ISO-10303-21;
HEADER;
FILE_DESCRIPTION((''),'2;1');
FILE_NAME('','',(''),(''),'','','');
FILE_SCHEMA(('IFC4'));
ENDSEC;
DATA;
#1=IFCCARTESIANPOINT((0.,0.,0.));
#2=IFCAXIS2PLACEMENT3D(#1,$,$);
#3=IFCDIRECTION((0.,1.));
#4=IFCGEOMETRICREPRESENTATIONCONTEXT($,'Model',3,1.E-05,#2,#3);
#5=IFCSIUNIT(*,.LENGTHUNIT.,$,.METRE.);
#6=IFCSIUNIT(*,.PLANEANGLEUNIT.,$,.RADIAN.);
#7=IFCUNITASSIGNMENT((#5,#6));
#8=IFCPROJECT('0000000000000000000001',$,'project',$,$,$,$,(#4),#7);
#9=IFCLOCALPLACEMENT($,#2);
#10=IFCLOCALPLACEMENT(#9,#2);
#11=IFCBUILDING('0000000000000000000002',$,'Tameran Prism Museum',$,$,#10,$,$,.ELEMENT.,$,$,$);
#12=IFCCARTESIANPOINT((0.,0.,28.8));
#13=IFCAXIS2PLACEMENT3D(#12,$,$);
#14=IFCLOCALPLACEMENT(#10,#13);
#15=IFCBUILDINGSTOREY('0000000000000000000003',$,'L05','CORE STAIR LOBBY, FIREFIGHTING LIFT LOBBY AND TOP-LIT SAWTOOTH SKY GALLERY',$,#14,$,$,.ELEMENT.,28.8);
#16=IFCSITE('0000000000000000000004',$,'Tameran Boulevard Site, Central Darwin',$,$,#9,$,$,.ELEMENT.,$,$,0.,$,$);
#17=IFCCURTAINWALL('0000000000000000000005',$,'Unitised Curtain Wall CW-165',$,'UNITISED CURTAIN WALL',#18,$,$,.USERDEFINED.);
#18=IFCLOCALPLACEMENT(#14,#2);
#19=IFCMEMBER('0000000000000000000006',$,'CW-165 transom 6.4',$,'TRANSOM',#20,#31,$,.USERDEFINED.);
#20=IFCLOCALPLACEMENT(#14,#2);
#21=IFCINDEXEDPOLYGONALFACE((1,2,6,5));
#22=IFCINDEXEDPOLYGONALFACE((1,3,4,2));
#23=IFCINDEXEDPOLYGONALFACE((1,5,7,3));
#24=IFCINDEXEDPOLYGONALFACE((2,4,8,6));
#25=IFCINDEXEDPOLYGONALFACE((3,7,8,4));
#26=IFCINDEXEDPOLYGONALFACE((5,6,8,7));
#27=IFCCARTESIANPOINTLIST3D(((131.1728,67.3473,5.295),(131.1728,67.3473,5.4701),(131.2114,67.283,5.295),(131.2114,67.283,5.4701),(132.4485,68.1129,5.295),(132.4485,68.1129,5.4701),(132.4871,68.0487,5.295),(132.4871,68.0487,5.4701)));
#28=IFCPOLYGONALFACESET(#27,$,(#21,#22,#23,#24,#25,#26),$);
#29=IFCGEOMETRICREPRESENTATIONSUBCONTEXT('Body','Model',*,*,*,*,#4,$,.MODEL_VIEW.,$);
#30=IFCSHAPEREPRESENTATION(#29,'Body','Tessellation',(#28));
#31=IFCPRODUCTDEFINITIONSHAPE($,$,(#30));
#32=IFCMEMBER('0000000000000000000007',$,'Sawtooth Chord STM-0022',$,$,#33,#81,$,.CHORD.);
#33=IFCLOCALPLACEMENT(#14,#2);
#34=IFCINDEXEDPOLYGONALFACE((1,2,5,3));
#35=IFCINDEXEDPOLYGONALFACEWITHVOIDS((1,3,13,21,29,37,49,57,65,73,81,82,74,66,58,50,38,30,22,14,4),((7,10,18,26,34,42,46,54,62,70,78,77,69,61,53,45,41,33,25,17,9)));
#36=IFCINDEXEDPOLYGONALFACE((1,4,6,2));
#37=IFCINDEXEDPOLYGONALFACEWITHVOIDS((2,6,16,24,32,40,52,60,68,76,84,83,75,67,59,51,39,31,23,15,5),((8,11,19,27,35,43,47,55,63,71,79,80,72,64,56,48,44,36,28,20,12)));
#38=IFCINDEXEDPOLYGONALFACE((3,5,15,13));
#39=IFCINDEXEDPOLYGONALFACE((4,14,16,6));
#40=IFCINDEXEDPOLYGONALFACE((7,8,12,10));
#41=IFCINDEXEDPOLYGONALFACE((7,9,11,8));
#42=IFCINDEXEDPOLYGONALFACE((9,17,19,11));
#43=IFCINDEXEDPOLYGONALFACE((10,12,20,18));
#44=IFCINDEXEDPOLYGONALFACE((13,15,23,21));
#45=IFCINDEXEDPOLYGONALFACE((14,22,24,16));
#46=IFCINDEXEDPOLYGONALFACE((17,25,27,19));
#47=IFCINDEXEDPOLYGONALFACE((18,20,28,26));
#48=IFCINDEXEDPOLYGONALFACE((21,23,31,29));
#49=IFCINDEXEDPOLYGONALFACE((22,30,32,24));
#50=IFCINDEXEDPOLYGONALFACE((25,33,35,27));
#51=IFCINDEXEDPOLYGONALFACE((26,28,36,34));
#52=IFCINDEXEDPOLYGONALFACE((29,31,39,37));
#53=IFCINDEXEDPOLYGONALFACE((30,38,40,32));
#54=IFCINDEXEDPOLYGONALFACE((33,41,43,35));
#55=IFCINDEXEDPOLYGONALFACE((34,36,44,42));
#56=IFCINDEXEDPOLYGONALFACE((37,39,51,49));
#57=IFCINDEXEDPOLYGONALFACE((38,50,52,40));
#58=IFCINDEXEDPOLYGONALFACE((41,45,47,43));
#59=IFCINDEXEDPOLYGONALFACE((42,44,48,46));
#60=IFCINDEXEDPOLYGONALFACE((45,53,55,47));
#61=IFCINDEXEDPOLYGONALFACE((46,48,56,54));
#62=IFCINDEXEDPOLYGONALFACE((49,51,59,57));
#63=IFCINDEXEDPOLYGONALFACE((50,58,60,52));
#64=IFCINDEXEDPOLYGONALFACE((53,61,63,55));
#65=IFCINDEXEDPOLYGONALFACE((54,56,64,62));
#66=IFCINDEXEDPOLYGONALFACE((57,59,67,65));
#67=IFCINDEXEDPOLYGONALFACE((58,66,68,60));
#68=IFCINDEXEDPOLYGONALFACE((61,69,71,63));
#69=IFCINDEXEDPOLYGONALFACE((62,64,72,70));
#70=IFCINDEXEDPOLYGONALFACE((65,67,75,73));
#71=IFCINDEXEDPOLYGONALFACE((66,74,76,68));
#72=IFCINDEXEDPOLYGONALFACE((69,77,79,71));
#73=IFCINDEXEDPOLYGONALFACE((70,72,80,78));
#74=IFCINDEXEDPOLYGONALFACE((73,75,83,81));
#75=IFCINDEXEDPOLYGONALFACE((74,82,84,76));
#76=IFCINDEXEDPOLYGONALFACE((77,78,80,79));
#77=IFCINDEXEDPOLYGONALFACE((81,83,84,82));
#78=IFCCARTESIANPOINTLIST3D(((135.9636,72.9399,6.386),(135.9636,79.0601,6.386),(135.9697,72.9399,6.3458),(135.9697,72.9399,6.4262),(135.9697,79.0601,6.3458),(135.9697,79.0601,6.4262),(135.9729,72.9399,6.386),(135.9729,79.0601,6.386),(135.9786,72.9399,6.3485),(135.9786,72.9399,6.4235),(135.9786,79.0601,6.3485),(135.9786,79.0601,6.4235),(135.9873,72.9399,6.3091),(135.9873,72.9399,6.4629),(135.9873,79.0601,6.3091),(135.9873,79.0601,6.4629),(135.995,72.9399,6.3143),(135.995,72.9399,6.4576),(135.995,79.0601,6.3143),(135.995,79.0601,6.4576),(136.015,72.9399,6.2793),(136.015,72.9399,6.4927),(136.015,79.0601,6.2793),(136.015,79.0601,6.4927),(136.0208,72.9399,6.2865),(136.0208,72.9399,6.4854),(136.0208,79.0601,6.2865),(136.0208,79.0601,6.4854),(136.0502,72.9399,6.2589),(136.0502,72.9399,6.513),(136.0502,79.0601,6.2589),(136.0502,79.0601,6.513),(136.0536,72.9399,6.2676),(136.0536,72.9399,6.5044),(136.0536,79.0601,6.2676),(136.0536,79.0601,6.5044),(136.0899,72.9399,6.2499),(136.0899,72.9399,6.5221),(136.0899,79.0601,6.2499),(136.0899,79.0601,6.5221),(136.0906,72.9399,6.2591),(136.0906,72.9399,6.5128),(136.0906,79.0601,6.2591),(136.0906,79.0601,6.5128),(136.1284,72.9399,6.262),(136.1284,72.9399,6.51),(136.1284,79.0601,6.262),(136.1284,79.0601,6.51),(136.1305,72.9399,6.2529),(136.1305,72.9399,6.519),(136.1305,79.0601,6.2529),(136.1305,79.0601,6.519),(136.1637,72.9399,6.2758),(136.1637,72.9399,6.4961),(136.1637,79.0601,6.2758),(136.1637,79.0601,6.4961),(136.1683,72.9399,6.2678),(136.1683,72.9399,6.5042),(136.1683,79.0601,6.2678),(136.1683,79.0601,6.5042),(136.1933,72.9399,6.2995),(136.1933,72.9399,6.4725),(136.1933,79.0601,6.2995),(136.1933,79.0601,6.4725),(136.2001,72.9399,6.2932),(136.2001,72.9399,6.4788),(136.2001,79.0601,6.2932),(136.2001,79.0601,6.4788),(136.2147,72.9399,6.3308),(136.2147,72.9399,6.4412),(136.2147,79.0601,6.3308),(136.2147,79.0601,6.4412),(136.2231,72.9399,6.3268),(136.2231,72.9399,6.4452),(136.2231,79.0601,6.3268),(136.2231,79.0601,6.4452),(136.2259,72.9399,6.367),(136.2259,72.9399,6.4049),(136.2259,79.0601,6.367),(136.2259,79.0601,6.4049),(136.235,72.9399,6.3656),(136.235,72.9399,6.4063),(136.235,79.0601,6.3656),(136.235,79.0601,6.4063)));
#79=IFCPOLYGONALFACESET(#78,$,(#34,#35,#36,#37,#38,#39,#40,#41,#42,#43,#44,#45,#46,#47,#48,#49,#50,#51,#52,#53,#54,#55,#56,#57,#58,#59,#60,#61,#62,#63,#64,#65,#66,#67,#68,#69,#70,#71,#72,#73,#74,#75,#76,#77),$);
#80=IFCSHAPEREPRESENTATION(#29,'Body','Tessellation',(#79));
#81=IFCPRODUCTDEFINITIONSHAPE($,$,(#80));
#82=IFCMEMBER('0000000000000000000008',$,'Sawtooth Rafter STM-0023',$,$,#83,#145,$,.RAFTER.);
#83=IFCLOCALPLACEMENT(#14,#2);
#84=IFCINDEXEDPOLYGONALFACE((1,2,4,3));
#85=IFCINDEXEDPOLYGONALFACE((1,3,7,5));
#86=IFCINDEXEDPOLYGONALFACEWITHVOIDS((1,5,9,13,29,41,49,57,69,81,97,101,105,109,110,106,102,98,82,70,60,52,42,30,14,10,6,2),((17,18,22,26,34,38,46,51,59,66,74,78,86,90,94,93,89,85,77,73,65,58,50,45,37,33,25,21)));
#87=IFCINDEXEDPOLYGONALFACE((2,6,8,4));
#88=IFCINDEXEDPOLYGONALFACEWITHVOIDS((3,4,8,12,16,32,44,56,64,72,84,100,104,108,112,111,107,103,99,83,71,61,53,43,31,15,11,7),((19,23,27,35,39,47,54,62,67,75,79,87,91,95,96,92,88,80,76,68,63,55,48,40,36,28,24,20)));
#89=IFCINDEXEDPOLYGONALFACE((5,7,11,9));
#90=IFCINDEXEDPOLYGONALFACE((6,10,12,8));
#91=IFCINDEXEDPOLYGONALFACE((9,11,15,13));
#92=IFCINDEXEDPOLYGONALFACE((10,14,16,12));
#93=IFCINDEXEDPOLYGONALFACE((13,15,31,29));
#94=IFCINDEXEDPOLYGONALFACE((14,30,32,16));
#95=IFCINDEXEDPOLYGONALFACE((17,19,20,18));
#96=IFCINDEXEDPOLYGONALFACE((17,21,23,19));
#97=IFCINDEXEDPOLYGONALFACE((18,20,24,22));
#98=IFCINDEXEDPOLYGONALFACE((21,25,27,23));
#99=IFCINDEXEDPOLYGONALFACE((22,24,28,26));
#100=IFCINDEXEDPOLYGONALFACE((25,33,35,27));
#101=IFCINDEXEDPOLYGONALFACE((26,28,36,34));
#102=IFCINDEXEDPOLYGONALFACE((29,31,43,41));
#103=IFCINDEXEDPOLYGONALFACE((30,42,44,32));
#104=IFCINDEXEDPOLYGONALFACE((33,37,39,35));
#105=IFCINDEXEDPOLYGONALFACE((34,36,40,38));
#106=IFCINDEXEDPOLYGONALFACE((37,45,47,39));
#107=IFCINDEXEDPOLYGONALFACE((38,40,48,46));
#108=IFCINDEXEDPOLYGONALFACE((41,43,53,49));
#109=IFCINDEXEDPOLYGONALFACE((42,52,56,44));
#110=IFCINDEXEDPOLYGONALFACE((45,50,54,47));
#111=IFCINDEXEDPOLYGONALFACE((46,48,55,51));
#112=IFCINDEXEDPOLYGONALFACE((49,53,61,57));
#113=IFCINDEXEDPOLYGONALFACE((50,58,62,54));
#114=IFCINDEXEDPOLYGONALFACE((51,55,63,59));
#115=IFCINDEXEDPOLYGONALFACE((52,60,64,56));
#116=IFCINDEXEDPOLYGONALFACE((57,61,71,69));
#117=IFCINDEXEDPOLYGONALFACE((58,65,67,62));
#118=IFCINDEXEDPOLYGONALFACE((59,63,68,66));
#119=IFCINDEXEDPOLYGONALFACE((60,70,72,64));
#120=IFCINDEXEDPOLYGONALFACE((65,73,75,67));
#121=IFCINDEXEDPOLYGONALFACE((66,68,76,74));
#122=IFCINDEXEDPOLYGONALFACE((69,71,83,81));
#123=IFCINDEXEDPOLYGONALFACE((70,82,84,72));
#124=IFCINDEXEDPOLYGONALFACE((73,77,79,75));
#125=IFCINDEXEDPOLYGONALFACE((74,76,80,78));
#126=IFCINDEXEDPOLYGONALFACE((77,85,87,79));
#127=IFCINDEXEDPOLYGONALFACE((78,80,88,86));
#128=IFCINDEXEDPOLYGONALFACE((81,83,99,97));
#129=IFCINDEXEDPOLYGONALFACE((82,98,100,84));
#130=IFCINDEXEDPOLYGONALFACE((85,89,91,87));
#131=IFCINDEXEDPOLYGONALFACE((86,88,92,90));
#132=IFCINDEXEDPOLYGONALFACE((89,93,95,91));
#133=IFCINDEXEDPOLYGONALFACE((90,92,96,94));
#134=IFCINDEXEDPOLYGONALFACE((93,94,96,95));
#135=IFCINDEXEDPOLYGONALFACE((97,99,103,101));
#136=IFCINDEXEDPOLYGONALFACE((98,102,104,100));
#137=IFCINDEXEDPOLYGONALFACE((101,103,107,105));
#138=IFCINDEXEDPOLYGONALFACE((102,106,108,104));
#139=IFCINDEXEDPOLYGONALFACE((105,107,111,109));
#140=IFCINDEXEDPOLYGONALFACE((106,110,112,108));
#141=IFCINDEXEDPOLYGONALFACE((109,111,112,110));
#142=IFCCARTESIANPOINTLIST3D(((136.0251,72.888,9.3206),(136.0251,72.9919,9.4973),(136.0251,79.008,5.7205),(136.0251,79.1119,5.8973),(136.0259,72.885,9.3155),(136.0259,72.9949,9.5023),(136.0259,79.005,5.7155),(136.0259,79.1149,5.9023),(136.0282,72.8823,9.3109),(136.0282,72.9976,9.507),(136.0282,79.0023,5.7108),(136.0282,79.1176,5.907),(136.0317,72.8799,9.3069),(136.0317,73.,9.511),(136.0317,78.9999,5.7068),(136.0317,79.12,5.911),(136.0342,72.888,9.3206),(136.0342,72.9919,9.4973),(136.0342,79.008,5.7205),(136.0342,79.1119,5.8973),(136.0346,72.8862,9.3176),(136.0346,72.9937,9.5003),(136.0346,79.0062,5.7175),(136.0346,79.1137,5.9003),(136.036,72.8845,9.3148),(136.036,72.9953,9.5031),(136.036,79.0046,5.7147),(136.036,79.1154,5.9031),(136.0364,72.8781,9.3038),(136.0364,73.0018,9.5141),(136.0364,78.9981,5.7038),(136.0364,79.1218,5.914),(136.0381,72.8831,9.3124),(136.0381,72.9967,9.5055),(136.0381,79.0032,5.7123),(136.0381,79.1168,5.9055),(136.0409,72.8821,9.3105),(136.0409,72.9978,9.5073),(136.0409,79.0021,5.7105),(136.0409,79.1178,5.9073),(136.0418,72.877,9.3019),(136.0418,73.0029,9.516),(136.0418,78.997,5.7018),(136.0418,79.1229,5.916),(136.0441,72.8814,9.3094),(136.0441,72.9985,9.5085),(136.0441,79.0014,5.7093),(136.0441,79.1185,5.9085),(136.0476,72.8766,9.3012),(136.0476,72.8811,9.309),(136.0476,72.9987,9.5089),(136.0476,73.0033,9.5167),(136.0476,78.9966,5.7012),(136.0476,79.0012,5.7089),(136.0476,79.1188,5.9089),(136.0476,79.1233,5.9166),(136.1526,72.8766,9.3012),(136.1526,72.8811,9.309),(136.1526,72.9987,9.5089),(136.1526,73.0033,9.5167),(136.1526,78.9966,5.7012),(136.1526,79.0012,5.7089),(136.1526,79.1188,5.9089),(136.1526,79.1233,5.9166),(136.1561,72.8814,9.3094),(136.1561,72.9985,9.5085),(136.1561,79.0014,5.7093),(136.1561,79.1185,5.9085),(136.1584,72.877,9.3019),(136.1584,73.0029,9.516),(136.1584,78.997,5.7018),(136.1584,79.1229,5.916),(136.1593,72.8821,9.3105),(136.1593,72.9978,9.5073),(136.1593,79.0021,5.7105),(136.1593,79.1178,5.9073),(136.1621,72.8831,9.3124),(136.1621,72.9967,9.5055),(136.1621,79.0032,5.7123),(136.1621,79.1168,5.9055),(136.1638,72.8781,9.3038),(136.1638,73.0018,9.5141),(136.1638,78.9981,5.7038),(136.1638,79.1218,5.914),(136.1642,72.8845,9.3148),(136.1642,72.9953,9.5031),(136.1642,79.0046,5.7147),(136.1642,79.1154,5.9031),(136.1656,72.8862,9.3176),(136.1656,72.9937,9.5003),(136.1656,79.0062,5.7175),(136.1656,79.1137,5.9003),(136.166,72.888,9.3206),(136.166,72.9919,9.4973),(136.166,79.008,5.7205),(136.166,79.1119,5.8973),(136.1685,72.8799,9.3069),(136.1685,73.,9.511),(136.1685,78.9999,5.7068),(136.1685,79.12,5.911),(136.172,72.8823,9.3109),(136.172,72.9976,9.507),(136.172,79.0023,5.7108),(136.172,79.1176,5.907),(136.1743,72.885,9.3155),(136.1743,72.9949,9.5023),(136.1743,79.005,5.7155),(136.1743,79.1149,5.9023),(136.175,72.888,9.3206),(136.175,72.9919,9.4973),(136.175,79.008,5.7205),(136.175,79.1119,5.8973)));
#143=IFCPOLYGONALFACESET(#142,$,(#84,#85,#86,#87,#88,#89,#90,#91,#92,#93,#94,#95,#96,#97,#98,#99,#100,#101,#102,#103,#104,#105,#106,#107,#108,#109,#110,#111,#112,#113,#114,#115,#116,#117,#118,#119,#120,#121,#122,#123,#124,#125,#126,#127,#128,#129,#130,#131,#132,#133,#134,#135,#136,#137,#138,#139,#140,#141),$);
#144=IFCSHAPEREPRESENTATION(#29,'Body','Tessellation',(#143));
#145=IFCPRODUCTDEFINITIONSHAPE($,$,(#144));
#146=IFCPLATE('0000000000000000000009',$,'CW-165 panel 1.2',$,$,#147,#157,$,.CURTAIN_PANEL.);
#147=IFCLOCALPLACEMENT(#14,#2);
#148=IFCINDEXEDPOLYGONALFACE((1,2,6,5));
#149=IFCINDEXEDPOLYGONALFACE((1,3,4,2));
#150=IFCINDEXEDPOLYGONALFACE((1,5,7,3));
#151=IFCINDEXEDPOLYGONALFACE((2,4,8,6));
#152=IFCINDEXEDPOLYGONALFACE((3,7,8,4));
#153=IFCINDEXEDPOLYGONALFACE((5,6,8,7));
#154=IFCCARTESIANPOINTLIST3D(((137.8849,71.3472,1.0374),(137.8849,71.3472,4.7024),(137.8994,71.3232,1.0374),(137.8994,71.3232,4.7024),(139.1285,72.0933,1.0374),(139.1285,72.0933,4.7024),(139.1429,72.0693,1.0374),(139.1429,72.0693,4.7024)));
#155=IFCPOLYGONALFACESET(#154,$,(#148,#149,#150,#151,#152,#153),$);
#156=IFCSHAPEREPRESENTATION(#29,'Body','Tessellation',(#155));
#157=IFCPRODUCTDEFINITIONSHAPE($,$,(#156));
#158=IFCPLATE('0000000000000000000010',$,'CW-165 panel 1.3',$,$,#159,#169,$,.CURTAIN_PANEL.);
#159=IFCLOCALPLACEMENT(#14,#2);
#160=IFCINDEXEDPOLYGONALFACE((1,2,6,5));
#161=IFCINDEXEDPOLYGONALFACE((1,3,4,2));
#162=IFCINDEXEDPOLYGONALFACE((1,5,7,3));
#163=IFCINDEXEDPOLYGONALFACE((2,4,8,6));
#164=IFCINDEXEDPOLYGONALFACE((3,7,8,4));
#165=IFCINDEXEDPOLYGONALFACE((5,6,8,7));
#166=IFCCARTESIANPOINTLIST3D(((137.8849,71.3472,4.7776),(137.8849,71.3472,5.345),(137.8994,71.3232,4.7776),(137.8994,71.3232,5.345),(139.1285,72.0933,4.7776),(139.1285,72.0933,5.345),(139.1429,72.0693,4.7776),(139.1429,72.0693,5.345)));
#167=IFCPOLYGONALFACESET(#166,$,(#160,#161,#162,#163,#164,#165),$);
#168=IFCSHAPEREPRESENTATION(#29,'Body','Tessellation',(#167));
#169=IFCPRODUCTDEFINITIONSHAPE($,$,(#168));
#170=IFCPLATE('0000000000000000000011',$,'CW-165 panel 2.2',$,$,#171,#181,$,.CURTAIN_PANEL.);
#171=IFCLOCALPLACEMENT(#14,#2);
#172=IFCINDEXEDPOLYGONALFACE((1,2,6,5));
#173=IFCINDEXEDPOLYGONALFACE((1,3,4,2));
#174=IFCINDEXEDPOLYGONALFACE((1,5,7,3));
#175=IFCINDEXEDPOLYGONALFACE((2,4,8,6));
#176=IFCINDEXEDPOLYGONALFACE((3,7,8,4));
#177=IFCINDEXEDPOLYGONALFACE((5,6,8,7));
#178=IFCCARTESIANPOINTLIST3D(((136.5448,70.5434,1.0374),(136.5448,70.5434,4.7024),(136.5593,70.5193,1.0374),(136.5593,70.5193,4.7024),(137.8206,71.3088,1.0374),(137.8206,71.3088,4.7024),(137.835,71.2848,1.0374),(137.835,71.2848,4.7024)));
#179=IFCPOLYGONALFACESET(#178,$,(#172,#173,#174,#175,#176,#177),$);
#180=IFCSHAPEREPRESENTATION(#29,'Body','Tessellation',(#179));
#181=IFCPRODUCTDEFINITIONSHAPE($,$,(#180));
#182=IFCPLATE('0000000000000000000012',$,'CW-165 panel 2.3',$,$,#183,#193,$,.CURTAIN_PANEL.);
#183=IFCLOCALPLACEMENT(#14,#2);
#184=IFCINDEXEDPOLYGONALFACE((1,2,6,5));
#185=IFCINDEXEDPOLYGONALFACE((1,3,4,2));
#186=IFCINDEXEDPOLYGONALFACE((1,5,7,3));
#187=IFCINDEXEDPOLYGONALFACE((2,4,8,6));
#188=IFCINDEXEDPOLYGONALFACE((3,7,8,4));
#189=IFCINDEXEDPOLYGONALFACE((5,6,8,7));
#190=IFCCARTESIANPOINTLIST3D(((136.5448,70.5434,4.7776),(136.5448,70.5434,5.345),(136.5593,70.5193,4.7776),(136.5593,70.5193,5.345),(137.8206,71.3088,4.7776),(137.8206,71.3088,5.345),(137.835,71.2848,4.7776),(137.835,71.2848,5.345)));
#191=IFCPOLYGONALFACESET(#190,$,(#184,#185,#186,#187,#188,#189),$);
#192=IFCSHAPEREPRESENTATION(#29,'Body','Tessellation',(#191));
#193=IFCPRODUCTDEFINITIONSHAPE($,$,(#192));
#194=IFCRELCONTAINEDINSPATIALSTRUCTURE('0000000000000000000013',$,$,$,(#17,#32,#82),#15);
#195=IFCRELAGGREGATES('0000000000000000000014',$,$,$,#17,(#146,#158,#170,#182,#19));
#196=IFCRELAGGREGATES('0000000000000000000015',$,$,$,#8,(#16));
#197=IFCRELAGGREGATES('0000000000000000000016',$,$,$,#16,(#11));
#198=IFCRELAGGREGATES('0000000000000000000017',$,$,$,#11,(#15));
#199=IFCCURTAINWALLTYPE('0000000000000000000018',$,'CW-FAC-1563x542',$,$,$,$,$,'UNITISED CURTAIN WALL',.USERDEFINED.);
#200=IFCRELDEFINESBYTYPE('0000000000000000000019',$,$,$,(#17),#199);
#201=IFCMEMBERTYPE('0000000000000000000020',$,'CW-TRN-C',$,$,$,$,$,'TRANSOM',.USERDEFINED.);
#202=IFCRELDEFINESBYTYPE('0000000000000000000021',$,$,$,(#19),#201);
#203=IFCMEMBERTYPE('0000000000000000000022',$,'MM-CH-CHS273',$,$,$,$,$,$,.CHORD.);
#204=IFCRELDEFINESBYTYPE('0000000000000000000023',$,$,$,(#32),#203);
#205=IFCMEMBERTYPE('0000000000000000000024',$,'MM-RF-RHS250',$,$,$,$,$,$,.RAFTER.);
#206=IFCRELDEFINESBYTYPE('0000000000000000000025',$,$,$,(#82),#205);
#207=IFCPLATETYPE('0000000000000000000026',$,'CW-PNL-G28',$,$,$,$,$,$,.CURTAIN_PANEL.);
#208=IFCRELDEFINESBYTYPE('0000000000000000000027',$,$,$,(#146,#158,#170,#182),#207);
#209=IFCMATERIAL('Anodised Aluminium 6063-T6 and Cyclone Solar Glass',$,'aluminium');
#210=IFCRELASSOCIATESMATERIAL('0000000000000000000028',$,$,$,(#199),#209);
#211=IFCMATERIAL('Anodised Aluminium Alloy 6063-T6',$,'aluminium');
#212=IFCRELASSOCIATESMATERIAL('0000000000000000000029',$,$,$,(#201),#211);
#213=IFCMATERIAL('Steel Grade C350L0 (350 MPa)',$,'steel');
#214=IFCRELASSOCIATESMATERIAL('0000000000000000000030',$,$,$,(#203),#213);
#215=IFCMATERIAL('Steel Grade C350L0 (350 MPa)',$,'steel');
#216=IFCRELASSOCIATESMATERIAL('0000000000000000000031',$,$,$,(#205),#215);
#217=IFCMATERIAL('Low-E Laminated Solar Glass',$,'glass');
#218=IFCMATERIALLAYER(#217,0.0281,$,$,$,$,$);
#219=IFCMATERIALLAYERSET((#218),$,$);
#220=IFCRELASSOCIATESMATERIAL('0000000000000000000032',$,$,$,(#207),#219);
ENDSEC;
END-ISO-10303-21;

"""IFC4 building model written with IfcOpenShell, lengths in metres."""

from ifc_helpers import new_model, si_unit, direction, frame, origin, origin_2d, place, context, subcontext, project, spatial, rectangle, hollow_rectangle, hollow_circle, extrude, material, layer, layer_set, material_profile, profile_set, type_object, element, aggregate, save


model = new_model("IFC4")

# Units and contexts
model_context = context("Model", 3, precision=1e-05, world=origin(), true_north=direction((0.0, 1.0)))
body_context = subcontext(model_context, "Body", "Model", "MODEL_VIEW")
ifc_project = project(units=[si_unit("LENGTHUNIT", "METRE"), si_unit("PLANEANGLEUNIT", "RADIAN")], contexts=[model_context])

# Site, building, storey
site_placement = place(None, origin())
site = spatial("IfcSite", under=ifc_project, at=site_placement, Name="Tameran Boulevard Site, Central Darwin", CompositionType="ELEMENT", RefElevation=0.0)
building_placement = place(site_placement, origin())
building = spatial("IfcBuilding", under=site, at=building_placement, Name="Tameran Prism Museum", CompositionType="ELEMENT")
storey_placement = place(building_placement, frame((0.0, 0.0, 28.8)))
storey = spatial("IfcBuildingStorey", under=building, at=storey_placement, Name="L05", Description="CORE STAIR LOBBY, FIREFIGHTING LIFT LOBBY AND TOP-LIT SAWTOOTH SKY GALLERY", CompositionType="ELEMENT", Elevation=28.8)

# Curtain wall, member
ifc_material_1 = material(Name="Anodised Aluminium 6063-T6 and Cyclone Solar Glass", Category="aluminium")
curtain_wall_type = type_object("IfcCurtainWallType", Name="CW-FAC-1563x542", ElementType="UNITISED CURTAIN WALL", PredefinedType="USERDEFINED", material=ifc_material_1)
curtain_wall_placement = place(storey_placement, origin())
curtain_wall = element("IfcCurtainWall", 1, at=curtain_wall_placement, inside=storey, type_object=curtain_wall_type, Name="Unitised Curtain Wall CW-165", ObjectType="UNITISED CURTAIN WALL", PredefinedType="USERDEFINED")
ifc_material_2 = material(Name="Anodised Aluminium Alloy 6063-T6", Category="aluminium")
ifc_material_profile_1 = material_profile(ifc_material_2, rectangle(XDim=0.075, YDim=0.175, at=origin_2d()))
ifc_profile_set_1 = profile_set([ifc_material_profile_1])
member_type_1 = type_object("IfcMemberType", Name="CW-TRN-C", ElementType="TRANSOM", PredefinedType="USERDEFINED", material=ifc_profile_set_1)
member_1_placement = place(storey_placement, frame((132.4678, 68.0808, 5.3826), z_axis=(-0.857421, -0.514616, 0.0), x_axis=(0.514616, -0.857421, 0.0)))
member_1 = element("IfcMember", 2, at=member_1_placement, type_object=member_type_1, Name="CW-165 transom 6.4", ObjectType="TRANSOM", PredefinedType="USERDEFINED", context=body_context, shape_type="SweptSolid", body=[
    extrude(rectangle(XDim=0.075, YDim=0.175, at=origin_2d()), origin(), (0.0, 0.0, 1.0), 1.4878),
])

# Members
ifc_material_3 = material(Name="Steel Grade C350L0 (350 MPa)", Category="steel")
ifc_material_profile_2 = material_profile(ifc_material_3, hollow_circle(Radius=0.1365, WallThickness=0.0093, at=origin_2d()))
ifc_profile_set_2 = profile_set([ifc_material_profile_2])
member_type_2 = type_object("IfcMemberType", Name="MM-CH-CHS273", PredefinedType="CHORD", material=ifc_profile_set_2)
member_2_placement = place(storey_placement, frame((136.1001, 72.9399, 6.386), z_axis=(0.0, 1.0, 0.0), x_axis=(-1.0, 0.0, 0.0)))
element("IfcMember", 3, at=member_2_placement, inside=storey, type_object=member_type_2, Name="Sawtooth Chord STM-0022", PredefinedType="CHORD", context=body_context, shape_type="SweptSolid", body=[
    extrude(hollow_circle(Radius=0.1365, WallThickness=0.0093, at=origin_2d()), origin(), (0.0, 0.0, 1.0), 6.1201),
])
ifc_material_4 = material(Name="Steel Grade C350L0 (350 MPa)", Category="steel")
ifc_material_profile_3 = material_profile(ifc_material_4, hollow_rectangle(XDim=0.1499, YDim=0.25, WallThickness=0.009, InnerFilletRadius=0.0134, OuterFilletRadius=0.0225, at=origin_2d()))
ifc_profile_set_3 = profile_set([ifc_material_profile_3])
member_type_3 = type_object("IfcMemberType", Name="MM-RF-RHS250", PredefinedType="RAFTER", material=ifc_profile_set_3)
member_3_placement = place(storey_placement, frame((136.1001, 72.9399, 9.4089), z_axis=(0.0, 0.861932, -0.507023), x_axis=(-1.0, 0.0, 0.0)))
element("IfcMember", 4, at=member_3_placement, inside=storey, type_object=member_type_3, Name="Sawtooth Rafter STM-0023", PredefinedType="RAFTER", context=body_context, shape_type="SweptSolid", body=[
    extrude(hollow_rectangle(XDim=0.1499, YDim=0.25, WallThickness=0.009, InnerFilletRadius=0.0134, OuterFilletRadius=0.0225, at=origin_2d()), origin(), (0.0, 0.0, 1.0), 7.1003),
])

# Plates
ifc_material_5 = material(Name="Low-E Laminated Solar Glass", Category="glass")
ifc_layer_1 = layer(ifc_material_5, 0.0281)
ifc_layer_set_1 = layer_set([ifc_layer_1])
plate_type_1 = type_object("IfcPlateType", Name="CW-PNL-G28", PredefinedType="CURTAIN_PANEL", material=ifc_layer_set_1)
plate_1_placement = place(storey_placement, frame((138.5139, 71.7083, 1.0374), z_axis=(0.0, 0.0, 1.0), x_axis=(-0.857493, -0.514496, 0.0)))
plate_1 = element("IfcPlate", 5, at=plate_1_placement, type_object=plate_type_1, Name="CW-165 panel 1.2", PredefinedType="CURTAIN_PANEL", context=body_context, shape_type="SweptSolid", body=[
    extrude(rectangle(XDim=1.4502, YDim=0.0281, at=origin_2d()), origin(), (0.0, 0.0, 1.0), 3.665),
])
plate_2_placement = place(storey_placement, frame((138.5139, 71.7083, 4.7776), z_axis=(0.0, 0.0, 1.0), x_axis=(-0.857493, -0.514496, 0.0)))
plate_2 = element("IfcPlate", 6, at=plate_2_placement, type_object=plate_type_1, Name="CW-165 panel 1.3", PredefinedType="CURTAIN_PANEL", context=body_context, shape_type="SweptSolid", body=[
    extrude(rectangle(XDim=1.4502, YDim=0.0281, at=origin_2d()), origin(), (0.0, 0.0, 1.0), 0.5674),
])
plate_3_placement = place(storey_placement, frame((137.1899, 70.9141, 1.0374), z_axis=(0.0, 0.0, 1.0), x_axis=(-0.857493, -0.514496, 0.0)))
plate_3 = element("IfcPlate", 7, at=plate_3_placement, type_object=plate_type_1, Name="CW-165 panel 2.2", PredefinedType="CURTAIN_PANEL", context=body_context, shape_type="SweptSolid", body=[
    extrude(rectangle(XDim=1.4878, YDim=0.0281, at=origin_2d()), origin(), (0.0, 0.0, 1.0), 3.665),
])
plate_4_placement = place(storey_placement, frame((137.1899, 70.9141, 4.7776), z_axis=(0.0, 0.0, 1.0), x_axis=(-0.857493, -0.514496, 0.0)))
plate_4 = element("IfcPlate", 8, at=plate_4_placement, type_object=plate_type_1, Name="CW-165 panel 2.3", PredefinedType="CURTAIN_PANEL", context=body_context, shape_type="SweptSolid", body=[
    extrude(rectangle(XDim=1.4878, YDim=0.0281, at=origin_2d()), origin(), (0.0, 0.0, 1.0), 0.5674),
])
aggregate(curtain_wall, [plate_1, plate_2, plate_3, plate_4, member_1])

save(model, "model.ifc")
